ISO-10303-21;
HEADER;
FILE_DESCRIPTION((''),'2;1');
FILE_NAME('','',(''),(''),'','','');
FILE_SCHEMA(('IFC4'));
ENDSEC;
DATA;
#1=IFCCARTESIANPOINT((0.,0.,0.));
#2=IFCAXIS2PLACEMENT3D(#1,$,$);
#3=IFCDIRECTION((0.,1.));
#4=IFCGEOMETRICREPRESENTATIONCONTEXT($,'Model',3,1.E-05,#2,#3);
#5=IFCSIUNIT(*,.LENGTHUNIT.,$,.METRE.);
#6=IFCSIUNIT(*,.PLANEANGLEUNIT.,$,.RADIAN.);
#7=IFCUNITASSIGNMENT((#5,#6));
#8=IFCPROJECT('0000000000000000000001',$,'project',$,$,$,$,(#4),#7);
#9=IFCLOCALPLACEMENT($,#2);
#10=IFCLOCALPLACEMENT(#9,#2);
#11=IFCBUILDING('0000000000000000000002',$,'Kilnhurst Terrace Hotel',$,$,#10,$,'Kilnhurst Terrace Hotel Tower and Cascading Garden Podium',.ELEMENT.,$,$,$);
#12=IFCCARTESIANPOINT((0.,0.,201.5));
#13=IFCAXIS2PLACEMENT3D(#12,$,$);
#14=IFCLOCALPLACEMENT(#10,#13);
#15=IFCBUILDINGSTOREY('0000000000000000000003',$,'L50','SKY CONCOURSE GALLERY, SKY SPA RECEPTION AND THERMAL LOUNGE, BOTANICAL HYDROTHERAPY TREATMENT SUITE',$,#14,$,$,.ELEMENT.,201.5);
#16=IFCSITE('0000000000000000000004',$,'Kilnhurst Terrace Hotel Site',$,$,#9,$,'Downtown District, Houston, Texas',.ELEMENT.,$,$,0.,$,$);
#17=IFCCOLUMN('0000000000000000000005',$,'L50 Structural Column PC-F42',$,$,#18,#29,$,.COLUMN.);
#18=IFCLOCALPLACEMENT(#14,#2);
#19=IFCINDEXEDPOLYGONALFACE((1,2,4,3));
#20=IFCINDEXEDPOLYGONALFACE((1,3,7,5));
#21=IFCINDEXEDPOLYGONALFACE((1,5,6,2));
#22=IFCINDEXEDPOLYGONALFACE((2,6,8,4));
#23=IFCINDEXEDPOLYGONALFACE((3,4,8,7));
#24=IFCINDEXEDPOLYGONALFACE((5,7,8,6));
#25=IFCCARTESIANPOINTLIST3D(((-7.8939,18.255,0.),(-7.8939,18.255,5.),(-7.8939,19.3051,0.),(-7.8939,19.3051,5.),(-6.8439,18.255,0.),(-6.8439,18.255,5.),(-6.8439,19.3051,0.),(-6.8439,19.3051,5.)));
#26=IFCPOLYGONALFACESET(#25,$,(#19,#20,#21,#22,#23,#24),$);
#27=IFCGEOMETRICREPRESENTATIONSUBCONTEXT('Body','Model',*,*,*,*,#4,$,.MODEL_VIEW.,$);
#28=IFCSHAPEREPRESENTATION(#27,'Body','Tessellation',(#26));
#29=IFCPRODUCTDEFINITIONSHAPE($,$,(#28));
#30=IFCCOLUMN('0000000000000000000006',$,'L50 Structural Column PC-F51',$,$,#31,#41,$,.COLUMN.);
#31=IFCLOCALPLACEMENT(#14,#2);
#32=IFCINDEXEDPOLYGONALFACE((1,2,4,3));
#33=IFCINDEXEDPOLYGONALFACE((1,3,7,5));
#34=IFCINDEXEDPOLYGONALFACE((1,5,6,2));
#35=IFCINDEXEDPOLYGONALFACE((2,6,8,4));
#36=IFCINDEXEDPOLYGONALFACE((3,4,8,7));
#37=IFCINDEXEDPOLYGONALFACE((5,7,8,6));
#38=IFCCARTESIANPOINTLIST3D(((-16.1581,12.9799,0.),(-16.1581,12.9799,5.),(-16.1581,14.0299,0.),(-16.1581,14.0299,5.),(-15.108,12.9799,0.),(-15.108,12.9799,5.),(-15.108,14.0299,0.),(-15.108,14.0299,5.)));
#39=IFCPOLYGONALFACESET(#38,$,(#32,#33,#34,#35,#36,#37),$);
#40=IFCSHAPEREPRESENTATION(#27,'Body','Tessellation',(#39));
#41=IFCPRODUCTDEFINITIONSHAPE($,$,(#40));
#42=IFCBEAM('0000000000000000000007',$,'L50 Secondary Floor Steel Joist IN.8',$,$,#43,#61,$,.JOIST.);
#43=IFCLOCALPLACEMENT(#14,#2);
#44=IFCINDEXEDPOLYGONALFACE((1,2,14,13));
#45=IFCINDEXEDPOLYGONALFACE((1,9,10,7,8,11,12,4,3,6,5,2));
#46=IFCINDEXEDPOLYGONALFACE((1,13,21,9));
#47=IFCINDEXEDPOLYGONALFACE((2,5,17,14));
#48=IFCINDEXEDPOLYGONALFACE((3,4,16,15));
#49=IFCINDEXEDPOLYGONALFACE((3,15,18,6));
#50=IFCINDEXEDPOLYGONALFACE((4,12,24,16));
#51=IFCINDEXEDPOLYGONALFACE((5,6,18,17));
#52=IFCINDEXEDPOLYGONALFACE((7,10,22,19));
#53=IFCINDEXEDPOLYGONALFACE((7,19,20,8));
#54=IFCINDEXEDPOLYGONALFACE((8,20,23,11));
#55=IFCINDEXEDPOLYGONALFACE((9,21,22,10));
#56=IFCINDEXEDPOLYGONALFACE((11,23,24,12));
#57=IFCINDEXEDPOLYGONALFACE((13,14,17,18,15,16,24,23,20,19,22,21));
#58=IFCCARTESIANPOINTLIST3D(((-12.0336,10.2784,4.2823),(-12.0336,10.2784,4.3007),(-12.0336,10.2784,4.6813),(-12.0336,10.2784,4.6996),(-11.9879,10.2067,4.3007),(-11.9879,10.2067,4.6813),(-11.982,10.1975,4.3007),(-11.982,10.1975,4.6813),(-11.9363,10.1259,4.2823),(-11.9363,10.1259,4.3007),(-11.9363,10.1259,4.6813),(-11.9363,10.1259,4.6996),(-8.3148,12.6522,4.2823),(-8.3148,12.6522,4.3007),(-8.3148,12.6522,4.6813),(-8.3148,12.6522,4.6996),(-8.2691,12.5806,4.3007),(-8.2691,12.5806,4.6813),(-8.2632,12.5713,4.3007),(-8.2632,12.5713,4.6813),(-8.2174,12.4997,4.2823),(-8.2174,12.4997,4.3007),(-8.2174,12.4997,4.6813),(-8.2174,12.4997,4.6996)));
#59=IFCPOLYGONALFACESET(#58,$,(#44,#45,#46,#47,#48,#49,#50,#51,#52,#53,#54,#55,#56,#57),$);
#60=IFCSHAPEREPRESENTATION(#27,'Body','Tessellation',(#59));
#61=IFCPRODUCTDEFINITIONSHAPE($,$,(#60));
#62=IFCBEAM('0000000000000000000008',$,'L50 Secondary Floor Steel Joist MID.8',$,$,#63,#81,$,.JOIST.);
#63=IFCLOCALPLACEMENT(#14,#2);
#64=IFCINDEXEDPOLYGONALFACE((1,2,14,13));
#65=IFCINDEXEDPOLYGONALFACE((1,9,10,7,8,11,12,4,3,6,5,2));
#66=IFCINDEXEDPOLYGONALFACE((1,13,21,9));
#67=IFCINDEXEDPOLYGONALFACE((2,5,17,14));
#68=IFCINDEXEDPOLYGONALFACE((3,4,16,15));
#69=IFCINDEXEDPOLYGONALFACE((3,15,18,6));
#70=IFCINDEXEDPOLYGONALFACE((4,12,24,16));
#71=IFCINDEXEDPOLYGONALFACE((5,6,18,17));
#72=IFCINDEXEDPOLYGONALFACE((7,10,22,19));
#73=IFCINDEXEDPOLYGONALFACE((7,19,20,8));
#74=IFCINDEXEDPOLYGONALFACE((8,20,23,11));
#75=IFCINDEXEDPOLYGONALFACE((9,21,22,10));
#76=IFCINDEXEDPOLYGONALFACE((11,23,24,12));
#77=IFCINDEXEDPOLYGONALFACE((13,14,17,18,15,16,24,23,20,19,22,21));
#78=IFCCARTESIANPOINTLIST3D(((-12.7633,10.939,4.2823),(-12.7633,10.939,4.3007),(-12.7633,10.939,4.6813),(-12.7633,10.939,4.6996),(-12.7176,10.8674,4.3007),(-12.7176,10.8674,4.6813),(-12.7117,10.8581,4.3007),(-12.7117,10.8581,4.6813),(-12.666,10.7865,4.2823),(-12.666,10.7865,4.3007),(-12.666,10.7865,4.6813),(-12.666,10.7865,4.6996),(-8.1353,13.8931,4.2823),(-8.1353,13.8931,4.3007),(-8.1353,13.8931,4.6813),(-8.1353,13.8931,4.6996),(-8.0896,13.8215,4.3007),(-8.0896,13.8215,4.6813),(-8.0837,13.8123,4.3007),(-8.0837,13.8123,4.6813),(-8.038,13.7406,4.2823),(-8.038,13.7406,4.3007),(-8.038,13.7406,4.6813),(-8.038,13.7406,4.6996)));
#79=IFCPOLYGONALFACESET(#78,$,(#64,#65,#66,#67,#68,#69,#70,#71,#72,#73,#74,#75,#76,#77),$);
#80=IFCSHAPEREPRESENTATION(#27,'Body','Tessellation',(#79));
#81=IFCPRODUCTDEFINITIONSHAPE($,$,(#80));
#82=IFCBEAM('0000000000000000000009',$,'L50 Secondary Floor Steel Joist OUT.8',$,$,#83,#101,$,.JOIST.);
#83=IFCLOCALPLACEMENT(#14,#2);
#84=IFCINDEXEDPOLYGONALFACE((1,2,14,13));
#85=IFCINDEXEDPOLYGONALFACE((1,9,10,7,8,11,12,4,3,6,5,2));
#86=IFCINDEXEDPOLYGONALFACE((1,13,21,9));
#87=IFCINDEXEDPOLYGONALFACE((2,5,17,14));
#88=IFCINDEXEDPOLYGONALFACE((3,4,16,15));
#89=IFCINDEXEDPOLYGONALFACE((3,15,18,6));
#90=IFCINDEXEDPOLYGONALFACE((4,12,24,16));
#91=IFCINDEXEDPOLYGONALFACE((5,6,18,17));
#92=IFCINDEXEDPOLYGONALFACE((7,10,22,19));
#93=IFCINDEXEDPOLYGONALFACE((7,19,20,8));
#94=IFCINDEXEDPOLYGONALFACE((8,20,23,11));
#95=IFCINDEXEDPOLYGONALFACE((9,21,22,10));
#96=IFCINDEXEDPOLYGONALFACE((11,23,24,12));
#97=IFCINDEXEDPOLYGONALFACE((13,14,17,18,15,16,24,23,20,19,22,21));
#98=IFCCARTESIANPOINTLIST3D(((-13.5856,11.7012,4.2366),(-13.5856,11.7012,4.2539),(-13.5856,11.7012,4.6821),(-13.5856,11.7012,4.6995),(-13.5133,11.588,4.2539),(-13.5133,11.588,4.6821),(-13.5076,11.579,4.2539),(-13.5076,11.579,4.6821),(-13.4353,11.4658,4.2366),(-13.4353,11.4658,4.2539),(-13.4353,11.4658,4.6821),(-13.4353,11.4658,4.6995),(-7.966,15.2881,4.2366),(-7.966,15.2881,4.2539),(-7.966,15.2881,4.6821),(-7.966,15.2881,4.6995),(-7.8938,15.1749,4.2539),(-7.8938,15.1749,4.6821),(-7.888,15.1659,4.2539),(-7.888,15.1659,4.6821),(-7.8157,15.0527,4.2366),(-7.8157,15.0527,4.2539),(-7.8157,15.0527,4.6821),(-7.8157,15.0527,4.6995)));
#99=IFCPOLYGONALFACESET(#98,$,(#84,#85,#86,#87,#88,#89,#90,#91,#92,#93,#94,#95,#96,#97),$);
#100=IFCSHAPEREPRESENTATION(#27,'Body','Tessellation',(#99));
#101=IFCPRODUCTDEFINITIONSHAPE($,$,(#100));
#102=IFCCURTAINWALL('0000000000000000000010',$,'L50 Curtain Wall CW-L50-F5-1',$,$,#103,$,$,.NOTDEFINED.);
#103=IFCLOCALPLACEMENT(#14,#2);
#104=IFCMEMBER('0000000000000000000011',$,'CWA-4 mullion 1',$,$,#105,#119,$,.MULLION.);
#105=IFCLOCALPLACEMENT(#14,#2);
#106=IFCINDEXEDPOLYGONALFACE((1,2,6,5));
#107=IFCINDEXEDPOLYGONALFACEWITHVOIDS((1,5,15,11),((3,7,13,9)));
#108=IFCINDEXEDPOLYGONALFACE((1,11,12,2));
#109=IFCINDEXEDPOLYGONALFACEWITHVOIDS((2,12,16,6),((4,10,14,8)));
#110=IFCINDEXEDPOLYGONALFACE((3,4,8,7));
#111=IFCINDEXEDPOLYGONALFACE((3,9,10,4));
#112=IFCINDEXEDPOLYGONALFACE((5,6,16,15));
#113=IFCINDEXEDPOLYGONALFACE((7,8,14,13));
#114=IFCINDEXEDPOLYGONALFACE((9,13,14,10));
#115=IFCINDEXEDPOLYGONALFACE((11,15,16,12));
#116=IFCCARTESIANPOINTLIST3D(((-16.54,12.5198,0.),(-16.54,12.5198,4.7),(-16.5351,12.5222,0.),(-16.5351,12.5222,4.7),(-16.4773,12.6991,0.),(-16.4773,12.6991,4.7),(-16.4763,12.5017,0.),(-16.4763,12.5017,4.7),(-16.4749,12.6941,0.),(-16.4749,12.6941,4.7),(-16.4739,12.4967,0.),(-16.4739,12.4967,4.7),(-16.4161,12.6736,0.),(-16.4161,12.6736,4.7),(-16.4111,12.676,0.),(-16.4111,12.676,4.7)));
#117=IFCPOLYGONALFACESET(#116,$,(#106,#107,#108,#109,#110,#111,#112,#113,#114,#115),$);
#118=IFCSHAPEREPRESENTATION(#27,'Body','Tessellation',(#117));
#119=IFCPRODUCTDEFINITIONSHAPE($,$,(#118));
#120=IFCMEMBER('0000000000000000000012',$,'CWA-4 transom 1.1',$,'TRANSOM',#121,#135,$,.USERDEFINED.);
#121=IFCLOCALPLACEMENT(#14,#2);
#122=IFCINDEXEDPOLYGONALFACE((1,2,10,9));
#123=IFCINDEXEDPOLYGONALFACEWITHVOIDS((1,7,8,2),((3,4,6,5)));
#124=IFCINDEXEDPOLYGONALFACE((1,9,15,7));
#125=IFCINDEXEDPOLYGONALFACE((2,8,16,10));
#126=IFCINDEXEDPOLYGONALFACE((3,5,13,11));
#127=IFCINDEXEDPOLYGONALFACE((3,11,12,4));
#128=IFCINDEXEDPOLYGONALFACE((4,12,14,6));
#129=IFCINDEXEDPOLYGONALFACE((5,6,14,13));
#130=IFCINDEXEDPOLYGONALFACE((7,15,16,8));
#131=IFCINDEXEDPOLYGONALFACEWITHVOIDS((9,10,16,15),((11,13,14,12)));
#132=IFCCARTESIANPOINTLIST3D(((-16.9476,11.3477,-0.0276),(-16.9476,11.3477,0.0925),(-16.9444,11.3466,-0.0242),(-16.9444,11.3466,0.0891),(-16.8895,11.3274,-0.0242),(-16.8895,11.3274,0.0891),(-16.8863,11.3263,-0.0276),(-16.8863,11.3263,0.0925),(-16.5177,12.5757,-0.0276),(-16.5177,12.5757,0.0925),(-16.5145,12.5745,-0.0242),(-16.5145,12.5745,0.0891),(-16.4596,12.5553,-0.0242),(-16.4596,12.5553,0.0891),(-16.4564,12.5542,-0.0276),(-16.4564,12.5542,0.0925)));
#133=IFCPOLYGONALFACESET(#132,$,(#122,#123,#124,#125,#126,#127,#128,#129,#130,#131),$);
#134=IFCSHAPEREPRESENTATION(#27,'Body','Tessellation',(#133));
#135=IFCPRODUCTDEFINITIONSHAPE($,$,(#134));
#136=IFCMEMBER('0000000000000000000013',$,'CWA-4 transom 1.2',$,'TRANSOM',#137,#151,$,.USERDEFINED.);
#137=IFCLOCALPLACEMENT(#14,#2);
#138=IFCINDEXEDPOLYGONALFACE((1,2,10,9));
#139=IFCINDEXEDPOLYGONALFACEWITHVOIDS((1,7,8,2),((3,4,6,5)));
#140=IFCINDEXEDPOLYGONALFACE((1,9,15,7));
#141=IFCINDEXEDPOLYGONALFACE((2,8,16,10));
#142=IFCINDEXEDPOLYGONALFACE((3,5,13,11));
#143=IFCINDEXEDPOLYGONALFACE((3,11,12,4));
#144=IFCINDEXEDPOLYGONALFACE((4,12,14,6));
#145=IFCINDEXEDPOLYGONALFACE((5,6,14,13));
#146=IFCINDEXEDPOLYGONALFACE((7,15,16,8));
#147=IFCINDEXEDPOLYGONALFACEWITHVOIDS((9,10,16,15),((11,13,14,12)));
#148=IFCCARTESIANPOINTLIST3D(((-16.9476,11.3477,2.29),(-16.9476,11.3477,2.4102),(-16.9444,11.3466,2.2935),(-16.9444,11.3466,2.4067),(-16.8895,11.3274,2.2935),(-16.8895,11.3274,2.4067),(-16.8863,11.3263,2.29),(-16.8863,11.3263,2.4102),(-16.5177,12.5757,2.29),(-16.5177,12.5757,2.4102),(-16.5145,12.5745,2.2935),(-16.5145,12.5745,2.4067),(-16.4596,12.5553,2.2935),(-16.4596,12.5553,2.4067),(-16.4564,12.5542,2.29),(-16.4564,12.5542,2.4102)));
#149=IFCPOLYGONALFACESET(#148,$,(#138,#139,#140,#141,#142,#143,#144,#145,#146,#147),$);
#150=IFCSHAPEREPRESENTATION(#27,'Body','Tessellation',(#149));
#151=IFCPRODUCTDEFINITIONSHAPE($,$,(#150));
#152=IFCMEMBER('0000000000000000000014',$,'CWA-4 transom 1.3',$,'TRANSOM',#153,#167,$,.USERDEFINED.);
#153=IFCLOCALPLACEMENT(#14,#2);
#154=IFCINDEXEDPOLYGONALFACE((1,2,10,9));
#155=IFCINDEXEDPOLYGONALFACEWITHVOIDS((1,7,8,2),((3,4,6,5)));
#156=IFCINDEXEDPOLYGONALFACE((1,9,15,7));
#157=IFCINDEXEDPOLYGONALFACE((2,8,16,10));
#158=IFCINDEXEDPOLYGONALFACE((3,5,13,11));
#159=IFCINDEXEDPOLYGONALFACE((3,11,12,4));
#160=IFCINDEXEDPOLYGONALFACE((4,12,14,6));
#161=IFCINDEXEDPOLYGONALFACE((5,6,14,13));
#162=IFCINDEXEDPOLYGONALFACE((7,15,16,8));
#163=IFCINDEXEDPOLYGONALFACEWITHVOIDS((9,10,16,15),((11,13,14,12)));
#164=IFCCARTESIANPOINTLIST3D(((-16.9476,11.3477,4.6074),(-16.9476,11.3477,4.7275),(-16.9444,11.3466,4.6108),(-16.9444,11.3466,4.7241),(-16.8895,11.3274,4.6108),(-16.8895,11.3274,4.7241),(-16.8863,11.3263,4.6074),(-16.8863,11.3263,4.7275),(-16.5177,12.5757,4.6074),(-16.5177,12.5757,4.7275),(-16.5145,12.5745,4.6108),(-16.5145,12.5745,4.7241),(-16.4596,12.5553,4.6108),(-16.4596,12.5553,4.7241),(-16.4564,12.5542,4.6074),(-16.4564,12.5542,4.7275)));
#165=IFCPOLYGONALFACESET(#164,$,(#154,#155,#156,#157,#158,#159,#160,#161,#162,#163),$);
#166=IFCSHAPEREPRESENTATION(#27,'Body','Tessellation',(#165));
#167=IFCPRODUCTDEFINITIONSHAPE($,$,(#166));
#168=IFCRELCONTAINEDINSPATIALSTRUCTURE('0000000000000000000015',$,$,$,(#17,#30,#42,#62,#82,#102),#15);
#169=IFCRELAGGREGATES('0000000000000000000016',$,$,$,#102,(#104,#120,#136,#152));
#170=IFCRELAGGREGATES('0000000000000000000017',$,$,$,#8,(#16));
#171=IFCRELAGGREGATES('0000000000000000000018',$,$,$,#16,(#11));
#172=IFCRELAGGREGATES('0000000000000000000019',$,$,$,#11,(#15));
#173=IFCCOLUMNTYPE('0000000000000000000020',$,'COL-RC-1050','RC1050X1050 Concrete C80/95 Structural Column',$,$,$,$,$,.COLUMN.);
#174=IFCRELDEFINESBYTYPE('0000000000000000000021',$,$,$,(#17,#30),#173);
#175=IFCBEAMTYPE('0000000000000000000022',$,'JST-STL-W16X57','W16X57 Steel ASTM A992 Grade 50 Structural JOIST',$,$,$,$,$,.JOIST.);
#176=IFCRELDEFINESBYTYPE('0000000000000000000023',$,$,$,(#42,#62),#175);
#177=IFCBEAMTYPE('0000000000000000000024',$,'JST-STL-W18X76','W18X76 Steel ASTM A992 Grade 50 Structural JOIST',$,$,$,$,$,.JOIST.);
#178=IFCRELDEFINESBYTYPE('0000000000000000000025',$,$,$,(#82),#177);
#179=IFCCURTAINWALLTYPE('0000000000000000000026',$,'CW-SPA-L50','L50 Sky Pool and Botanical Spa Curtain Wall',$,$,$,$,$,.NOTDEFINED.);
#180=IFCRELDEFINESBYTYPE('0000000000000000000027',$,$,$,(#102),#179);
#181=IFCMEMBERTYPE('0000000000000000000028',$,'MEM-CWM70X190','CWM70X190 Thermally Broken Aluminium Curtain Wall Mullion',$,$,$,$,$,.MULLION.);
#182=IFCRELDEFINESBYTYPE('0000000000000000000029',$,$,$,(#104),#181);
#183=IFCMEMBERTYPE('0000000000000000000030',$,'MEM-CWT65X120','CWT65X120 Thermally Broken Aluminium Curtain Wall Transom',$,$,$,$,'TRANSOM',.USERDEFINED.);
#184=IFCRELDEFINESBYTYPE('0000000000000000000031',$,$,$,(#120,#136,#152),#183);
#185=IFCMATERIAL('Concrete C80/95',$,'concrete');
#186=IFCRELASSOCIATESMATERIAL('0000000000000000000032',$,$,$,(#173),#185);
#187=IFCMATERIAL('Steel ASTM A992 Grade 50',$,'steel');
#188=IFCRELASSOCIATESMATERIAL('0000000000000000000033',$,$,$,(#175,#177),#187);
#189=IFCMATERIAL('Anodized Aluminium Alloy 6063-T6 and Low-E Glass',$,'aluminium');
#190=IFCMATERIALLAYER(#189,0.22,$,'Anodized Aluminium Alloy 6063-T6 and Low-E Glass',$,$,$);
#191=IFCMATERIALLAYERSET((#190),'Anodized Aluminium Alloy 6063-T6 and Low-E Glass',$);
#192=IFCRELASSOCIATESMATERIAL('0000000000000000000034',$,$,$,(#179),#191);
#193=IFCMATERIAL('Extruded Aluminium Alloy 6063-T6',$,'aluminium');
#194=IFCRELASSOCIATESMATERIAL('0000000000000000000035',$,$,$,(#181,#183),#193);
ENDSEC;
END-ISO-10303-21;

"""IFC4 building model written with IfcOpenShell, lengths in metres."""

from ifc_helpers import new_model, si_unit, direction, frame, origin, origin_2d, place, context, subcontext, project, spatial, rectangle, hollow_rectangle, i_section, extrude, material, layer, layer_set, material_profile, profile_set, type_object, element, aggregate, save


model = new_model("IFC4")

# Units and contexts
model_context = context("Model", 3, precision=1e-05, world=origin(), true_north=direction((0.0, 1.0)))
body_context = subcontext(model_context, "Body", "Model", "MODEL_VIEW")
ifc_project = project(units=[si_unit("LENGTHUNIT", "METRE"), si_unit("PLANEANGLEUNIT", "RADIAN")], contexts=[model_context])

# Site, building, storey
site_placement = place(None, origin())
site = spatial("IfcSite", under=ifc_project, at=site_placement, Name="Kilnhurst Terrace Hotel Site", LongName="Downtown District, Houston, Texas", CompositionType="ELEMENT", RefElevation=0.0)
building_placement = place(site_placement, origin())
building = spatial("IfcBuilding", under=site, at=building_placement, Name="Kilnhurst Terrace Hotel", LongName="Kilnhurst Terrace Hotel Tower and Cascading Garden Podium", CompositionType="ELEMENT")
storey_placement = place(building_placement, frame((0.0, 0.0, 201.5)))
storey = spatial("IfcBuildingStorey", under=building, at=storey_placement, Name="L50", Description="SKY CONCOURSE GALLERY, SKY SPA RECEPTION AND THERMAL LOUNGE, BOTANICAL HYDROTHERAPY TREATMENT SUITE", CompositionType="ELEMENT", Elevation=201.5)

# Columns
ifc_material_1 = material(Name="Concrete C80/95", Category="concrete")
ifc_material_profile_1 = material_profile(ifc_material_1, rectangle(XDim=1.05, YDim=1.05, at=origin_2d()), Name="RC1050X1050")
ifc_profile_set_1 = profile_set([ifc_material_profile_1], Name="Concrete C80/95")
column_type = type_object("IfcColumnType", Name="COL-RC-1050", Description="RC1050X1050 Concrete C80/95 Structural Column", PredefinedType="COLUMN", material=ifc_profile_set_1)
for number, where, z_axis, x_axis, name in (
    (1, (-7.3689, 18.78, 0.0), (0.0, 0.0, 1.0), (1.0, 0.0, 0.0), "L50 Structural Column PC-F42"),
    (2, (-15.6331, 13.5049, 0.0), (0.0, 0.0, 1.0), (1.0, 0.0, 0.0), "L50 Structural Column PC-F51"),
):
    element("IfcColumn", number, at=place(storey_placement, frame(where, z_axis=z_axis, x_axis=x_axis)), inside=storey, type_object=column_type, Name=name, PredefinedType="COLUMN", context=body_context, shape_type="SweptSolid", body=[
        extrude(rectangle(XDim=1.05, YDim=1.05, at=origin_2d()), origin(), (0.0, 0.0, 1.0), 5.0),
    ])

# Beams
ifc_material_2 = material(Name="Steel ASTM A992 Grade 50", Category="steel")
ifc_material_profile_2 = material_profile(ifc_material_2, i_section(OverallWidth=0.1809, OverallDepth=0.4172, WebThickness=0.011, FlangeThickness=0.0183, at=origin_2d()), Name="W16X57")
ifc_profile_set_2 = profile_set([ifc_material_profile_2], Name="Steel ASTM A992 Grade 50")
beam_type_1 = type_object("IfcBeamType", Name="JST-STL-W16X57", Description="W16X57 Steel ASTM A992 Grade 50 Structural JOIST", PredefinedType="JOIST", material=ifc_profile_set_2)
beam_1_placement = place(storey_placement, frame((-8.2661, 12.5759, 4.491), z_axis=(-0.842911, -0.538053, 0.0), x_axis=(0.538053, -0.842911, 0.0)))
element("IfcBeam", 3, at=beam_1_placement, inside=storey, type_object=beam_type_1, Name="L50 Secondary Floor Steel Joist IN.8", PredefinedType="JOIST", context=body_context, shape_type="SweptSolid", body=[
    extrude(i_section(OverallWidth=0.1809, OverallDepth=0.4172, WebThickness=0.011, FlangeThickness=0.0183, at=origin_2d()), origin(), (0.0, 0.0, 1.0), 4.4119),
])
beam_2_placement = place(storey_placement, frame((-8.0867, 13.8169, 4.491), z_axis=(-0.842914, -0.538049, 0.0), x_axis=(0.538049, -0.842914, 0.0)))
element("IfcBeam", 4, at=beam_2_placement, inside=storey, type_object=beam_type_1, Name="L50 Secondary Floor Steel Joist MID.8", PredefinedType="JOIST", context=body_context, shape_type="SweptSolid", body=[
    extrude(i_section(OverallWidth=0.1809, OverallDepth=0.4172, WebThickness=0.011, FlangeThickness=0.0183, at=origin_2d()), origin(), (0.0, 0.0, 1.0), 5.4905),
])
ifc_material_profile_3 = material_profile(ifc_material_2, i_section(OverallWidth=0.2793, OverallDepth=0.4629, WebThickness=0.0107, FlangeThickness=0.0173, at=origin_2d()), Name="W18X76")
ifc_profile_set_3 = profile_set([ifc_material_profile_3], Name="Steel ASTM A992 Grade 50")
beam_type_2 = type_object("IfcBeamType", Name="JST-STL-W18X76", Description="W18X76 Steel ASTM A992 Grade 50 Structural JOIST", PredefinedType="JOIST", material=ifc_profile_set_3)
beam_3_placement = place(storey_placement, frame((-7.8909, 15.1704, 4.468), z_axis=(-0.842928, -0.538027, 0.0), x_axis=(0.538027, -0.842928, 0.0)))
element("IfcBeam", 5, at=beam_3_placement, inside=storey, type_object=beam_type_2, Name="L50 Secondary Floor Steel Joist OUT.8", PredefinedType="JOIST", context=body_context, shape_type="SweptSolid", body=[
    extrude(i_section(OverallWidth=0.2793, OverallDepth=0.4629, WebThickness=0.0107, FlangeThickness=0.0173, at=origin_2d()), origin(), (0.0, 0.0, 1.0), 6.6667),
])

# Curtain wall, members
ifc_material_3 = material(Name="Anodized Aluminium Alloy 6063-T6 and Low-E Glass", Category="aluminium")
ifc_layer_1 = layer(ifc_material_3, 0.22, Name="Anodized Aluminium Alloy 6063-T6 and Low-E Glass")
ifc_layer_set_1 = layer_set([ifc_layer_1], Name="Anodized Aluminium Alloy 6063-T6 and Low-E Glass")
curtain_wall_type = type_object("IfcCurtainWallType", Name="CW-SPA-L50", Description="L50 Sky Pool and Botanical Spa Curtain Wall", PredefinedType="NOTDEFINED", material=ifc_layer_set_1)
curtain_wall_placement = place(storey_placement, origin())
curtain_wall = element("IfcCurtainWall", 6, at=curtain_wall_placement, inside=storey, type_object=curtain_wall_type, Name="L50 Curtain Wall CW-L50-F5-1", PredefinedType="NOTDEFINED")
ifc_material_4 = material(Name="Extruded Aluminium Alloy 6063-T6", Category="aluminium")
ifc_material_profile_4 = material_profile(ifc_material_4, hollow_rectangle(XDim=0.0701, YDim=0.1899, WallThickness=0.0039, at=origin_2d()), Name="CWM70X190")
ifc_profile_set_4 = profile_set([ifc_material_profile_4], Name="Extruded Aluminium Alloy 6063-T6")
member_type_1 = type_object("IfcMemberType", Name="MEM-CWM70X190", Description="CWM70X190 Thermally Broken Aluminium Curtain Wall Mullion", PredefinedType="MULLION", material=ifc_profile_set_4)
member_1_placement = place(storey_placement, frame((-16.4756, 12.5979, 0.0), z_axis=(0.0, 0.0, 1.0), x_axis=(0.943826, -0.330442, 0.0)))
member_1 = element("IfcMember", 7, at=member_1_placement, type_object=member_type_1, Name="CWA-4 mullion 1", PredefinedType="MULLION", context=body_context, shape_type="SweptSolid", body=[
    extrude(hollow_rectangle(XDim=0.0701, YDim=0.1899, WallThickness=0.0039, at=origin_2d()), origin(), (0.0, 0.0, 1.0), 4.7),
])
ifc_material_profile_5 = material_profile(ifc_material_4, hollow_rectangle(XDim=0.0649, YDim=0.1201, WallThickness=0.0034, at=origin_2d()), Name="CWT65X120")
ifc_profile_set_5 = profile_set([ifc_material_profile_5], Name="Extruded Aluminium Alloy 6063-T6")
member_type_2 = type_object("IfcMemberType", Name="MEM-CWT65X120", Description="CWT65X120 Thermally Broken Aluminium Curtain Wall Transom", ElementType="TRANSOM", PredefinedType="USERDEFINED", material=ifc_profile_set_5)
member_2_placement = place(storey_placement, frame((-16.4871, 12.5649, 0.0325), z_axis=(-0.330434, -0.943829, 0.0), x_axis=(0.943829, -0.330434, 0.0)))
member_2 = element("IfcMember", 8, at=member_2_placement, type_object=member_type_2, Name="CWA-4 transom 1.1", ObjectType="TRANSOM", PredefinedType="USERDEFINED", context=body_context, shape_type="SweptSolid", body=[
    extrude(hollow_rectangle(XDim=0.0649, YDim=0.1201, WallThickness=0.0034, at=origin_2d()), origin(), (0.0, 0.0, 1.0), 1.301),
])
member_3_placement = place(storey_placement, frame((-16.4871, 12.5649, 2.3501), z_axis=(-0.330434, -0.943829, 0.0), x_axis=(0.943829, -0.330434, 0.0)))
member_3 = element("IfcMember", 9, at=member_3_placement, type_object=member_type_2, Name="CWA-4 transom 1.2", ObjectType="TRANSOM", PredefinedType="USERDEFINED", context=body_context, shape_type="SweptSolid", body=[
    extrude(hollow_rectangle(XDim=0.0649, YDim=0.1201, WallThickness=0.0034, at=origin_2d()), origin(), (0.0, 0.0, 1.0), 1.301),
])
member_4_placement = place(storey_placement, frame((-16.4871, 12.5649, 4.6675), z_axis=(-0.330434, -0.943829, 0.0), x_axis=(0.943829, -0.330434, 0.0)))
member_4 = element("IfcMember", 10, at=member_4_placement, type_object=member_type_2, Name="CWA-4 transom 1.3", ObjectType="TRANSOM", PredefinedType="USERDEFINED", context=body_context, shape_type="SweptSolid", body=[
    extrude(hollow_rectangle(XDim=0.0649, YDim=0.1201, WallThickness=0.0034, at=origin_2d()), origin(), (0.0, 0.0, 1.0), 1.301),
])

aggregate(curtain_wall, [member_1, member_2, member_3, member_4])

save(model, "model.ifc")
